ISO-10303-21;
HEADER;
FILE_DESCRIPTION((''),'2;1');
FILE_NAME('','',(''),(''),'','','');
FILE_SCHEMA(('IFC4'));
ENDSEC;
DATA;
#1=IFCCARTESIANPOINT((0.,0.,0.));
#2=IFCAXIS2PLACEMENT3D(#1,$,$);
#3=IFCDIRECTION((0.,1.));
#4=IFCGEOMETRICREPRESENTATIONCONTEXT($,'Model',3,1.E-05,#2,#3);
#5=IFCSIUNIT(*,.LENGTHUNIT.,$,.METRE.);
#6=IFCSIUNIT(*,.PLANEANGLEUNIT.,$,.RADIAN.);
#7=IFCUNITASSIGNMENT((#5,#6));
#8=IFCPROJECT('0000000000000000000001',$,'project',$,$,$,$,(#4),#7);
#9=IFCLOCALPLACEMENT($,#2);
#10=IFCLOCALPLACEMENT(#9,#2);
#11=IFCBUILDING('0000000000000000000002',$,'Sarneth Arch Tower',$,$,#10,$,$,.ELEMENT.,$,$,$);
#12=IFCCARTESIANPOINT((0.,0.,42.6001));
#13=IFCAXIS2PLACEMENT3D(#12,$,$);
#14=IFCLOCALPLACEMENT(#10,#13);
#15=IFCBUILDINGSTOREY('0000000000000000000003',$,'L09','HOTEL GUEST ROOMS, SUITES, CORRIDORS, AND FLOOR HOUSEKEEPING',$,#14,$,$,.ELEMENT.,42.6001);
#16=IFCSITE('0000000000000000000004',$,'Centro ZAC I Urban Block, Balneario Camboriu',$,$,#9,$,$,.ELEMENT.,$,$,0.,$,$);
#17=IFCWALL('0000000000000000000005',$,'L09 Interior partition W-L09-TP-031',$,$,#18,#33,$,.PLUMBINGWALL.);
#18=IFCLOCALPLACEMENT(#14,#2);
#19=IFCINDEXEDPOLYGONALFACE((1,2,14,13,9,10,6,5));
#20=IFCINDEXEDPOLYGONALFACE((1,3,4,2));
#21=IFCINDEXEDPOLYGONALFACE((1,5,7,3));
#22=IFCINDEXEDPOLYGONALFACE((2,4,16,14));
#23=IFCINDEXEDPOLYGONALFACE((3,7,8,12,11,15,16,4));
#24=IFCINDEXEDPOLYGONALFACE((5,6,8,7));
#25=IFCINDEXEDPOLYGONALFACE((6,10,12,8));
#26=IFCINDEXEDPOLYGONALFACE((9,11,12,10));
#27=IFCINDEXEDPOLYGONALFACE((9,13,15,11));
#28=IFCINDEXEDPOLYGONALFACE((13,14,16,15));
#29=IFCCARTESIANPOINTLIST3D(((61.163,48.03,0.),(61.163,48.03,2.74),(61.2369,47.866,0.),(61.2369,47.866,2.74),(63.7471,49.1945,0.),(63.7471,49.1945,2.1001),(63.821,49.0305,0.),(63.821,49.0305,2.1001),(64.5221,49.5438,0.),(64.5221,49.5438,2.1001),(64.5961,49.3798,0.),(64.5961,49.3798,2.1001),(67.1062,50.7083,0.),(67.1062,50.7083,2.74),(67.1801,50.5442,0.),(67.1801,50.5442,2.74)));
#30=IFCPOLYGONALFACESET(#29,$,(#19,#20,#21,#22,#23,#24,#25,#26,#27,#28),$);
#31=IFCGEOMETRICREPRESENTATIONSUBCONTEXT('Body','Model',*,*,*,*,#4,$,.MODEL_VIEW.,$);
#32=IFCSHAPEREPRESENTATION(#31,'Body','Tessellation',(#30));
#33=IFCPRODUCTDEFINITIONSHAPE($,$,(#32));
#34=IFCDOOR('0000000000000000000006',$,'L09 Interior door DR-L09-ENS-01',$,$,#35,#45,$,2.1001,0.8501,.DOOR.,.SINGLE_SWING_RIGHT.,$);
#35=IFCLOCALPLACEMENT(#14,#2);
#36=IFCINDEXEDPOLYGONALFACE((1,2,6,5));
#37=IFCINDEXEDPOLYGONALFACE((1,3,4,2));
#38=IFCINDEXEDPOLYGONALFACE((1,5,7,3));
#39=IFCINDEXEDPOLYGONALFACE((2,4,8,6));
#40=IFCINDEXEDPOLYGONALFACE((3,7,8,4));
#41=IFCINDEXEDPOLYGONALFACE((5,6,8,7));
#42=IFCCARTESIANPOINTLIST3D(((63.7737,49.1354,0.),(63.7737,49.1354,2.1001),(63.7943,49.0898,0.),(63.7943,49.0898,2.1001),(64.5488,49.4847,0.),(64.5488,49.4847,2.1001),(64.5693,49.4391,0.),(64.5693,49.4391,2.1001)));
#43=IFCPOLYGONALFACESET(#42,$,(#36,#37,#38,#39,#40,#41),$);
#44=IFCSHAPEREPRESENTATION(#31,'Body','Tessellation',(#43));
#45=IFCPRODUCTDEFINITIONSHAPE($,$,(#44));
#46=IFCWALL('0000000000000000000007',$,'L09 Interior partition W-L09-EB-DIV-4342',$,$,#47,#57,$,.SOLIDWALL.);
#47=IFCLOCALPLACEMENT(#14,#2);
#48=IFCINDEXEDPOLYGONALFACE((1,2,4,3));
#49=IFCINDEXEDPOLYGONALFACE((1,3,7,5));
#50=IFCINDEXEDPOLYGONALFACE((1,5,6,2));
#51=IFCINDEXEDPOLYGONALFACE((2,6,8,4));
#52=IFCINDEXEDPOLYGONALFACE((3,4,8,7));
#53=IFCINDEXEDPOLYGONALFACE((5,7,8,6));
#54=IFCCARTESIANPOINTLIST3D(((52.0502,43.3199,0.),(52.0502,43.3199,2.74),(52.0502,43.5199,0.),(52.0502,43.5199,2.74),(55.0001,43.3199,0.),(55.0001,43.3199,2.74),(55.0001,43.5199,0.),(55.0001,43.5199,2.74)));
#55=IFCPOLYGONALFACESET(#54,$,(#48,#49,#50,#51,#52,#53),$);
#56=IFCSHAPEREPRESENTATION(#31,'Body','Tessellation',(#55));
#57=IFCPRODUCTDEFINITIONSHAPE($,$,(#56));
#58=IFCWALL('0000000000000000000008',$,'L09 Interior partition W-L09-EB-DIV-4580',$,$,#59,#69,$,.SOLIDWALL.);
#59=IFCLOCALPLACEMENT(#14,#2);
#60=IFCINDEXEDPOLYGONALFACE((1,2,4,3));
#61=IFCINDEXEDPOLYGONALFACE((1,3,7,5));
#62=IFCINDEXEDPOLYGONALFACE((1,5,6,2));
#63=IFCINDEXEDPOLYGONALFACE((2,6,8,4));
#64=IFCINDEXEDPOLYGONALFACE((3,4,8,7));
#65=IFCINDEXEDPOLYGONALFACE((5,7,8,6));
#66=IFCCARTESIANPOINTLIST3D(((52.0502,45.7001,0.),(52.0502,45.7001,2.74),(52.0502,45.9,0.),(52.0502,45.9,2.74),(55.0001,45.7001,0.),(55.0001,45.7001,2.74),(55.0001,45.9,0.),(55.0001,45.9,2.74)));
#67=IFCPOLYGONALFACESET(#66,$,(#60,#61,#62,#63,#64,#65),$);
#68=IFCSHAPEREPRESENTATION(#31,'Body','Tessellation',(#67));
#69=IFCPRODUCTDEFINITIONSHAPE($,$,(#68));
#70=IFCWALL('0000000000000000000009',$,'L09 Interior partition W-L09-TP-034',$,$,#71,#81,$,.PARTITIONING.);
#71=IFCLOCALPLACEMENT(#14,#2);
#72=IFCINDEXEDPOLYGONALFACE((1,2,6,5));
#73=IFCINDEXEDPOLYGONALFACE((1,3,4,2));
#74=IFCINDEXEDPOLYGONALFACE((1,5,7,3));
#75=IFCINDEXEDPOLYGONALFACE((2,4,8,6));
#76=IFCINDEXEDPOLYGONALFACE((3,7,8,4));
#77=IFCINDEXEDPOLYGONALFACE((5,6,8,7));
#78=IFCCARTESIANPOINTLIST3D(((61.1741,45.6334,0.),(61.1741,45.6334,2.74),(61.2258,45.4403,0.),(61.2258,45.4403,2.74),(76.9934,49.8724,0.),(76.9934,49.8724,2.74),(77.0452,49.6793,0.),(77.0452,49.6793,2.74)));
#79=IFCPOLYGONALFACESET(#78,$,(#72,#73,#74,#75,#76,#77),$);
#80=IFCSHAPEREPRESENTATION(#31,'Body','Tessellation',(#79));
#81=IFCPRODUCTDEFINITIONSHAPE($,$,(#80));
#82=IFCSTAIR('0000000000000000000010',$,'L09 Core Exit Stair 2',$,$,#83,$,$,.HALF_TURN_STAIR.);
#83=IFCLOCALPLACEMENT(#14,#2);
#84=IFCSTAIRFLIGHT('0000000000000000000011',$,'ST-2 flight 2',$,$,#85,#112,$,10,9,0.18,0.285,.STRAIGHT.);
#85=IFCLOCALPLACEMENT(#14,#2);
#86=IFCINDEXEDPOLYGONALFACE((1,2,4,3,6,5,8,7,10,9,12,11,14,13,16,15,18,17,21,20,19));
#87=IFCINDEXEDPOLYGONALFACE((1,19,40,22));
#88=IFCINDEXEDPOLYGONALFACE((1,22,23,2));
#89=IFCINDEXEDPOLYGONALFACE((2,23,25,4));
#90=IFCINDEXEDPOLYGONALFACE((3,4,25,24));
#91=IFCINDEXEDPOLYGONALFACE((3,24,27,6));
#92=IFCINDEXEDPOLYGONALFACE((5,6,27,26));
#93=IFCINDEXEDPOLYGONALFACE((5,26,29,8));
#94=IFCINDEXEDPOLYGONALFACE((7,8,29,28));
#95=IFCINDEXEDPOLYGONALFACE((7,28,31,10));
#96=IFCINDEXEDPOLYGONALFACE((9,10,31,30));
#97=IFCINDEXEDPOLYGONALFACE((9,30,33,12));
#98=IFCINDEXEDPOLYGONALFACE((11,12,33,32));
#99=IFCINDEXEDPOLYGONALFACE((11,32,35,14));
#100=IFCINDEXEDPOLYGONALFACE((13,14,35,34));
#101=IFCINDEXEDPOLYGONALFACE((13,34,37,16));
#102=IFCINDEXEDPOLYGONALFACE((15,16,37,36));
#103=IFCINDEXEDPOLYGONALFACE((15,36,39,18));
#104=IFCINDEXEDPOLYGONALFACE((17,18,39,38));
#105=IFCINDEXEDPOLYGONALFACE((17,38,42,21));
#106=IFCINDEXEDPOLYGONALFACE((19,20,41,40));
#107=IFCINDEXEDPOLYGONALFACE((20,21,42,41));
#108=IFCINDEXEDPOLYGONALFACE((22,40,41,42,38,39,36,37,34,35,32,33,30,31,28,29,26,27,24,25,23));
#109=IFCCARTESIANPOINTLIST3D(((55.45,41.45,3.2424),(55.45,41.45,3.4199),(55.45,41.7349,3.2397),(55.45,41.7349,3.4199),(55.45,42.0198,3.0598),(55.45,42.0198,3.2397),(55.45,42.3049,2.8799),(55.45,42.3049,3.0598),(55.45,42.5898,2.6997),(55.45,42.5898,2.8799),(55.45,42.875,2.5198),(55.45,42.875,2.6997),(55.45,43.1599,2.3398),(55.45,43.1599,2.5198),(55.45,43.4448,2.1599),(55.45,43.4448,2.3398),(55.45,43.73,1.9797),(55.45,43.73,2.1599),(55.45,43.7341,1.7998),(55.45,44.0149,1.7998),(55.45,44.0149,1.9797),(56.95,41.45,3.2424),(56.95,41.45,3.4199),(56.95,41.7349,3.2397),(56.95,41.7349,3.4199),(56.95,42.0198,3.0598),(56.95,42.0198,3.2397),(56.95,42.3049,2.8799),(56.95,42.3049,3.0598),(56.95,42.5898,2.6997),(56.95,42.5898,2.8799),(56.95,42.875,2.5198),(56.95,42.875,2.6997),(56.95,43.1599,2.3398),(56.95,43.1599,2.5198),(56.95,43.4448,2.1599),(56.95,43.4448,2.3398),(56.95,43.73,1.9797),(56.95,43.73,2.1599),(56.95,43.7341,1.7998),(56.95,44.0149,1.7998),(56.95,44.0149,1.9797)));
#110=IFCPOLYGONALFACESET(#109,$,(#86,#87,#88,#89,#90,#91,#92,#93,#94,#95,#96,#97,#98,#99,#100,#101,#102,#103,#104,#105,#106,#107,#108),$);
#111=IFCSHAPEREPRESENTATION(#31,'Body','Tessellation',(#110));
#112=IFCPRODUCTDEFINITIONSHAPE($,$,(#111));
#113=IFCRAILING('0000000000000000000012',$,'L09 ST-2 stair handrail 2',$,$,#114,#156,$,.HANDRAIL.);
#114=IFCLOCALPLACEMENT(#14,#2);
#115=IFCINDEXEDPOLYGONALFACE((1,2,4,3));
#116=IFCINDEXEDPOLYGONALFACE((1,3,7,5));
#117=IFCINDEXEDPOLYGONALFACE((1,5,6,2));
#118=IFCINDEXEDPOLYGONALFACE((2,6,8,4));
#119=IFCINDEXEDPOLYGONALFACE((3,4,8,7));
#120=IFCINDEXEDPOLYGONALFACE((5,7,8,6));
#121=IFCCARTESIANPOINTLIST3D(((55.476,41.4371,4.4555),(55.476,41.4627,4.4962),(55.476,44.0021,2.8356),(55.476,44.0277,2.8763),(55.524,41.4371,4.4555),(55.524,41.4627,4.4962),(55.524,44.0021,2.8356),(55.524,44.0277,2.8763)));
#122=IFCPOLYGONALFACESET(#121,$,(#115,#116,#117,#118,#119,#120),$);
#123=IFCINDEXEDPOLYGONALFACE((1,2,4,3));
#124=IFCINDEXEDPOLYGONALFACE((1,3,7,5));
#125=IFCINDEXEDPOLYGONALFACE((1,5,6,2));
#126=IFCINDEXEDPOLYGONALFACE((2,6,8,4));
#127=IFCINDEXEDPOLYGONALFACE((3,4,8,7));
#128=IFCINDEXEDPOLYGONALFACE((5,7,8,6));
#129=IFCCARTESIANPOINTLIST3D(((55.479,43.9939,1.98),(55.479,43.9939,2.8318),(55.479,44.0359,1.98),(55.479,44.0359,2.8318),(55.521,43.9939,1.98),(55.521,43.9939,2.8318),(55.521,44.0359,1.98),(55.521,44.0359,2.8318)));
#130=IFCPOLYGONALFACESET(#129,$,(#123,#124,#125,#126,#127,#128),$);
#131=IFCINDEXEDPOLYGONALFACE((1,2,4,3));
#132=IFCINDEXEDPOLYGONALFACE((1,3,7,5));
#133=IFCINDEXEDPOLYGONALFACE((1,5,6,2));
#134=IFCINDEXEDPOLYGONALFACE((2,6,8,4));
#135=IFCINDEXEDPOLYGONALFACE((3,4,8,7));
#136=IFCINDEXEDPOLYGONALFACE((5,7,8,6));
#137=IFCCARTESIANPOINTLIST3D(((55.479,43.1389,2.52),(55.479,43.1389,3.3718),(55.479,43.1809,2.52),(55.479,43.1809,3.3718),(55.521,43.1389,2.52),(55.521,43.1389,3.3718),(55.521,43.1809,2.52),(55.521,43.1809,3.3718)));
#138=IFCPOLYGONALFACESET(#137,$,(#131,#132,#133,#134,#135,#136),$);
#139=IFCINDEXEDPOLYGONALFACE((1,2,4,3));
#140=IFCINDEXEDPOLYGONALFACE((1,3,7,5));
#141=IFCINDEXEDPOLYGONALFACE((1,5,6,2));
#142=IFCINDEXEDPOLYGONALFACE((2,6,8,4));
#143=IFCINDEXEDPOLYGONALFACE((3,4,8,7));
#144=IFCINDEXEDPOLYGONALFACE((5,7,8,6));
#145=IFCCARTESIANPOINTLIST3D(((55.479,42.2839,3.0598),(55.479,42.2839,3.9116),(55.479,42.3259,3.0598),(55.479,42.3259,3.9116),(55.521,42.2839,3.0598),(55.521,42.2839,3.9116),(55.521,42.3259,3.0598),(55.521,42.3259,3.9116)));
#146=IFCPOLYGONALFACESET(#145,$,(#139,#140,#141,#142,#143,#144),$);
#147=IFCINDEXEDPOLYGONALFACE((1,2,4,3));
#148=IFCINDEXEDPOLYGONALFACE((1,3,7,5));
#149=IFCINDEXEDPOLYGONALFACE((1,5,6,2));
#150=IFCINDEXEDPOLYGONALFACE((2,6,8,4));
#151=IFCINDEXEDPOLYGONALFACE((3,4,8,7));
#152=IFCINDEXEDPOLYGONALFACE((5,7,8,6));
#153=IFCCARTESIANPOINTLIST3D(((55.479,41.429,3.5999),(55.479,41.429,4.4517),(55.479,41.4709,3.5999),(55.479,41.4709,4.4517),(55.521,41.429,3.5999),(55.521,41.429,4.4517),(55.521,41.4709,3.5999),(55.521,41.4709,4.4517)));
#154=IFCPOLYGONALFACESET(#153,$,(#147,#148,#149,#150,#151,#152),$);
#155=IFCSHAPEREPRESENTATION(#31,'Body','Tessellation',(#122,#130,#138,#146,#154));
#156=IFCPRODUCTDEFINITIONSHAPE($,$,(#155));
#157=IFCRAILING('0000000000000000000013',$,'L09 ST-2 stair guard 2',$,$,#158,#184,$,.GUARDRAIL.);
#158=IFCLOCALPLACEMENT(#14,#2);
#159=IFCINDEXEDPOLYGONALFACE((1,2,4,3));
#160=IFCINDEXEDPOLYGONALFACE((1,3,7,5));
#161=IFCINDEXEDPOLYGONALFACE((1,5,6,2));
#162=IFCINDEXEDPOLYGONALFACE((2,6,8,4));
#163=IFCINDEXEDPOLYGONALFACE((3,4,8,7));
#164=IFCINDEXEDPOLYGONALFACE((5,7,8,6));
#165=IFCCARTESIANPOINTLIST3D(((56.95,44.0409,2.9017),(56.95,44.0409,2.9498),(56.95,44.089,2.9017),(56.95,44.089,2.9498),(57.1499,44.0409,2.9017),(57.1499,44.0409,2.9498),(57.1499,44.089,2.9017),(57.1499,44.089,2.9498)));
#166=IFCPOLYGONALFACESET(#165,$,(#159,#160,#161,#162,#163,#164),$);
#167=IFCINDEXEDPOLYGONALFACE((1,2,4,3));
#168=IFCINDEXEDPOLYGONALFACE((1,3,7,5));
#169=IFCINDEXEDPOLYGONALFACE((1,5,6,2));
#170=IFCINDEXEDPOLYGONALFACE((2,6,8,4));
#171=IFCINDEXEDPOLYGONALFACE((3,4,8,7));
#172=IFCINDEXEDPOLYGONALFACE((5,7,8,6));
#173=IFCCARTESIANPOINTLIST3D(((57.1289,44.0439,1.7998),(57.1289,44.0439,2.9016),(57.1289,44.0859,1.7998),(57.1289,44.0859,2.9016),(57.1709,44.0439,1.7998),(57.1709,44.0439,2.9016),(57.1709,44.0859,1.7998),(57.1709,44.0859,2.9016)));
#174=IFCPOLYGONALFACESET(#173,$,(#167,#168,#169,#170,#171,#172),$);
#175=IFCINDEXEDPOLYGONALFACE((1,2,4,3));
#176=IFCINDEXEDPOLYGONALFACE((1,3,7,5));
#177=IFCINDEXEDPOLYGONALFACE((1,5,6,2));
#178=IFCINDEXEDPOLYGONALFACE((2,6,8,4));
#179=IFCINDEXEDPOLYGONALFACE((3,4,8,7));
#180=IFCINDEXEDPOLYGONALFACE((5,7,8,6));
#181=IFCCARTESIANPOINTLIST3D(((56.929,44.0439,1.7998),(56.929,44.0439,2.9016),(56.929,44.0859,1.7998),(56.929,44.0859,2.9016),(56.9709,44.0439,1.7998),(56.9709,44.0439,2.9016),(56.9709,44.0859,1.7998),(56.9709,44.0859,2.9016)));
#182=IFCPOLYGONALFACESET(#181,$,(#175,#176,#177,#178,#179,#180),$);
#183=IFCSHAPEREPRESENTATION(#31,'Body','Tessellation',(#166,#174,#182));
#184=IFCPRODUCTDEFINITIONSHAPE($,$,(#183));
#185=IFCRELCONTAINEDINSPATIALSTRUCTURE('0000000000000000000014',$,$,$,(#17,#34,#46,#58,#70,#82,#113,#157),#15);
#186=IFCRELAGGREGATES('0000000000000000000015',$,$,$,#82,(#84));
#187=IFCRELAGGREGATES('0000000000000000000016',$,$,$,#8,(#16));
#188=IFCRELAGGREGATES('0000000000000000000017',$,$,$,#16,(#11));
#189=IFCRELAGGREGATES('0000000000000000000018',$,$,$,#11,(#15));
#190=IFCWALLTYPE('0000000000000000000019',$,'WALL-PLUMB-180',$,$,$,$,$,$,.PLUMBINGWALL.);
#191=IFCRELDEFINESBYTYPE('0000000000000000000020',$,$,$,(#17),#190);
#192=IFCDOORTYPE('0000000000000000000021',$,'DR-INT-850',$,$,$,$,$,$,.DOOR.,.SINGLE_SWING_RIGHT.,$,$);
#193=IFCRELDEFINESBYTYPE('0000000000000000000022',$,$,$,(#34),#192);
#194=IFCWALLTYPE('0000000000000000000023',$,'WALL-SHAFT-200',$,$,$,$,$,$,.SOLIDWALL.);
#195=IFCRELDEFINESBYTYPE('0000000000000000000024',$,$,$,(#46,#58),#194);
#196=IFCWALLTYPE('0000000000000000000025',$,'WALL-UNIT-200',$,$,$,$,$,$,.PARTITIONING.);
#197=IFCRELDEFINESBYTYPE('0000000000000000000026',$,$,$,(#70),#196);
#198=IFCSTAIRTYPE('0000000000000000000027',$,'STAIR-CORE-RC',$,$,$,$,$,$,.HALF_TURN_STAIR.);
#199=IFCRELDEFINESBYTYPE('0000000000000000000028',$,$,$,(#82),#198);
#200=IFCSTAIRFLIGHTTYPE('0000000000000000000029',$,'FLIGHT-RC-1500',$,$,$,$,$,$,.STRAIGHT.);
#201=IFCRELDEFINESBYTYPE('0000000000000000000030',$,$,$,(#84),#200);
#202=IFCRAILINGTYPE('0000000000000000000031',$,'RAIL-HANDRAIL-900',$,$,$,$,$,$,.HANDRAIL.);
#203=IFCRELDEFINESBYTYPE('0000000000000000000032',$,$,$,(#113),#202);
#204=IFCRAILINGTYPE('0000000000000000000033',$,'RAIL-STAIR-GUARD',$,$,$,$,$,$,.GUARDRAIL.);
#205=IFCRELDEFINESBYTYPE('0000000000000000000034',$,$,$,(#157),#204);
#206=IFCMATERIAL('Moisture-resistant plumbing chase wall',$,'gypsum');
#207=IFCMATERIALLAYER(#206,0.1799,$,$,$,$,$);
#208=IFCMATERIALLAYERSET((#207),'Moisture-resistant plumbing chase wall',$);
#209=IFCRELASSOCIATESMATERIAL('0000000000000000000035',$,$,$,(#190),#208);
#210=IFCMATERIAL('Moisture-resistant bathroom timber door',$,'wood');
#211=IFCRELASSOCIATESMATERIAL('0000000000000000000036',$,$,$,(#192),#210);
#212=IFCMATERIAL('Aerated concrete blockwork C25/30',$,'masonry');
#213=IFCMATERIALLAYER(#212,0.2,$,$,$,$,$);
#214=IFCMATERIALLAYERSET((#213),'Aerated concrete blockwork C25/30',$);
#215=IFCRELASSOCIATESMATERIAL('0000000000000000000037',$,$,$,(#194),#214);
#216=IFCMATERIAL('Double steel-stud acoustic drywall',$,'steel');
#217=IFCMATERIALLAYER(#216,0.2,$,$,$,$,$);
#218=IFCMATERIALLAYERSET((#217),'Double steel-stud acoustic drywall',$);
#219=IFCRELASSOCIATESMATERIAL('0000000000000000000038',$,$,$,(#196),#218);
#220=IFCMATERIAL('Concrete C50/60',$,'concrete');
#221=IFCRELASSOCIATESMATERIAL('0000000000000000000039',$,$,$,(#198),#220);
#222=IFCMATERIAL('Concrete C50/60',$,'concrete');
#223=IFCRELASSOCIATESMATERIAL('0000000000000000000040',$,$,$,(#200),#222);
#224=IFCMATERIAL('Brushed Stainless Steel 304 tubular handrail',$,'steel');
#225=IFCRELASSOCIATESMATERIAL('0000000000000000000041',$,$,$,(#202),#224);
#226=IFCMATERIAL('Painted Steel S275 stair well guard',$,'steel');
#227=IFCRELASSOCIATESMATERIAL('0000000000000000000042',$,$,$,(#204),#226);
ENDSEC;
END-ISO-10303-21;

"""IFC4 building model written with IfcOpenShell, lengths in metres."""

from ifc_helpers import new_model, si_unit, direction, frame, frame_2d, origin, origin_2d, place, context, subcontext, project, spatial, polyline, rectangle, outline, extrude, material, layer, layer_set, type_object, element, fill, aggregate, save


model = new_model("IFC4")

# Units and contexts
model_context = context("Model", 3, precision=1e-05, world=origin(), true_north=direction((0.0, 1.0)))
body_context = subcontext(model_context, "Body", "Model", "MODEL_VIEW")
ifc_project = project(units=[si_unit("LENGTHUNIT", "METRE"), si_unit("PLANEANGLEUNIT", "RADIAN")], contexts=[model_context])

# Site, building, storey
site_placement = place(None, origin())
site = spatial("IfcSite", under=ifc_project, at=site_placement, Name="Centro ZAC I Urban Block, Balneario Camboriu", CompositionType="ELEMENT", RefElevation=0.0)
building_placement = place(site_placement, origin())
building = spatial("IfcBuilding", under=site, at=building_placement, Name="Sarneth Arch Tower", CompositionType="ELEMENT")
storey_placement = place(building_placement, frame((0.0, 0.0, 42.6001)))
storey = spatial("IfcBuildingStorey", under=building, at=storey_placement, Name="L09", Description="HOTEL GUEST ROOMS, SUITES, CORRIDORS, AND FLOOR HOUSEKEEPING", CompositionType="ELEMENT", Elevation=42.6001)

# Wall, opening, door
ifc_material_1 = material(Name="Moisture-resistant plumbing chase wall", Category="gypsum")
ifc_layer_1 = layer(ifc_material_1, 0.1799)
ifc_layer_set_1 = layer_set([ifc_layer_1], Name="Moisture-resistant plumbing chase wall")
wall_type_1 = type_object("IfcWallType", Name="WALL-PLUMB-180", PredefinedType="PLUMBINGWALL", material=ifc_layer_set_1)
wall_1_placement = place(storey_placement, frame((67.1431, 50.6262, 0.0), z_axis=(0.0, 0.0, 1.0), x_axis=(-0.911702, -0.410852, 0.0)))
wall_1 = element("IfcWall", 1, at=wall_1_placement, inside=storey, type_object=wall_type_1, Name="L09 Interior partition W-L09-TP-031", PredefinedType="PLUMBINGWALL", context=body_context, shape_type="SweptSolid", body=[
    extrude(rectangle(XDim=6.5188, YDim=0.1799, at=frame_2d((3.2593, 0.0))), origin(), (0.0, 0.0, 1.0), 2.74),
])
opening_1_placement = place(wall_1_placement, frame((2.8342, 0.0, 0.0)))
opening_1 = element("IfcOpeningElement", 2, at=opening_1_placement, cuts=wall_1, PredefinedType="OPENING", context=body_context, shape_type="SweptSolid", body=[
    extrude(rectangle(XDim=0.8501, YDim=2.1001, at=frame_2d((0.425, 1.05))), frame((0.0, 0.0999, 0.0), z_axis=(0.0, -1.0, 0.0), x_axis=(1.0, 0.0, 0.0)), (0.0, 0.0, 1.0), 0.2),
])
ifc_material_2 = material(Name="Moisture-resistant bathroom timber door", Category="wood")
door_type_1 = type_object("IfcDoorType", Name="DR-INT-850", OperationType="SINGLE_SWING_RIGHT", PredefinedType="DOOR", material=ifc_material_2)
door_1_placement = place(opening_1_placement, origin())
door_1 = element("IfcDoor", 3, at=door_1_placement, inside=storey, type_object=door_type_1, Name="L09 Interior door DR-L09-ENS-01", OperationType="SINGLE_SWING_RIGHT", OverallHeight=2.1001, OverallWidth=0.8501, PredefinedType="DOOR", context=body_context, shape_type="SweptSolid", body=[
    extrude(rectangle(XDim=0.8501, YDim=2.1001, at=frame_2d((0.425, 1.05))), frame((0.0, 0.0249, 0.0), z_axis=(0.0, -1.0, 0.0), x_axis=(1.0, 0.0, 0.0)), (0.0, 0.0, 1.0), 0.05),
])
fill(opening_1, door_1)

# Walls
ifc_material_3 = material(Name="Aerated concrete blockwork C25/30", Category="masonry")
ifc_layer_2 = layer(ifc_material_3, 0.2)
ifc_layer_set_2 = layer_set([ifc_layer_2], Name="Aerated concrete blockwork C25/30")
wall_type_2 = type_object("IfcWallType", Name="WALL-SHAFT-200", PredefinedType="SOLIDWALL", material=ifc_layer_set_2)
for number, where, z_axis, x_axis, name in (
    (4, (52.05, 43.4199, 0.0), (0.0, 0.0, 1.0), (1.0, 0.0, 0.0), "L09 Interior partition W-L09-EB-DIV-4342"),
    (5, (52.05, 45.8, 0.0), (0.0, 0.0, 1.0), (1.0, 0.0, 0.0), "L09 Interior partition W-L09-EB-DIV-4580"),
):
    element("IfcWall", number, at=place(storey_placement, frame(where, z_axis=z_axis, x_axis=x_axis)), inside=storey, type_object=wall_type_2, Name=name, PredefinedType="SOLIDWALL", context=body_context, shape_type="SweptSolid", body=[
        extrude(rectangle(XDim=2.95, YDim=0.2, at=frame_2d((1.4751, 0.0))), origin(), (0.0, 0.0, 1.0), 2.74),
    ])
ifc_material_4 = material(Name="Double steel-stud acoustic drywall", Category="steel")
ifc_layer_3 = layer(ifc_material_4, 0.2)
ifc_layer_set_3 = layer_set([ifc_layer_3], Name="Double steel-stud acoustic drywall")
wall_type_3 = type_object("IfcWallType", Name="WALL-UNIT-200", PredefinedType="PARTITIONING", material=ifc_layer_set_3)
wall_2_placement = place(storey_placement, frame((61.2, 45.5369, 0.0), z_axis=(0.0, 0.0, 1.0), x_axis=(0.965922, 0.258832, 0.0)))
element("IfcWall", 6, at=wall_2_placement, inside=storey, type_object=wall_type_3, Name="L09 Interior partition W-L09-TP-034", PredefinedType="PARTITIONING", context=body_context, shape_type="SweptSolid", body=[
    extrude(rectangle(XDim=16.3774, YDim=0.2, at=frame_2d((8.1887, 0.0))), origin(), (0.0, 0.0, 1.0), 2.74),
])

# Stair, stair flight
ifc_material_5 = material(Name="Concrete C50/60", Category="concrete")
stair_type = type_object("IfcStairType", Name="STAIR-CORE-RC", PredefinedType="HALF_TURN_STAIR", material=ifc_material_5)
stair_placement = place(storey_placement, origin())
stair = element("IfcStair", 7, at=stair_placement, inside=storey, type_object=stair_type, Name="L09 Core Exit Stair 2", PredefinedType="HALF_TURN_STAIR")
ifc_material_6 = material(Name="Concrete C50/60", Category="concrete")
stair_flight_type = type_object("IfcStairFlightType", Name="FLIGHT-RC-1500", PredefinedType="STRAIGHT", material=ifc_material_6)
stair_flight_placement = place(storey_placement, frame((56.2, 44.0149, 1.7998), z_axis=(0.0, 0.0, 1.0), x_axis=(0.0, -1.0, 0.0)))
stair_flight = element("IfcStairFlight", 8, at=stair_flight_placement, type_object=stair_flight_type, Name="ST-2 flight 2", NumberOfRisers=10, NumberOfTreads=9, PredefinedType="STRAIGHT", RiserHeight=0.18, TreadLength=0.285, context=body_context, shape_type="SweptSolid", body=[
    extrude(outline(polyline([(0.0, 0.0), (0.0, 0.1799), (0.2849, 0.1799), (0.2849, 0.3601), (0.5701, 0.3601), (0.5701, 0.54), (0.855, 0.54), (0.855, 0.72), (1.1399, 0.72), (1.1399, 0.8999), (1.425, 0.8999), (1.425, 1.0801), (1.71, 1.0801), (1.71, 1.26), (1.9951, 1.26), (1.9951, 1.4399), (2.28, 1.4399), (2.28, 1.6201), (2.5649, 1.6201), (2.5649, 1.8), (2.5649, 1.4426), (0.2808, 0.0), (0.0, 0.0)])), frame((0.0, 0.75, 0.0), z_axis=(0.0, -1.0, 0.0), x_axis=(1.0, 0.0, 0.0)), (0.0, 0.0, 1.0), 1.5),
])
aggregate(stair, [stair_flight])

# Railings
ifc_material_7 = material(Name="Brushed Stainless Steel 304 tubular handrail", Category="steel")
railing_type_1 = type_object("IfcRailingType", Name="RAIL-HANDRAIL-900", PredefinedType="HANDRAIL", material=ifc_material_7)
railing_1_placement = place(storey_placement, frame((55.5, 44.0149, 1.98)))
element("IfcRailing", 9, at=railing_1_placement, inside=storey, type_object=railing_type_1, Name="L09 ST-2 stair handrail 2", PredefinedType="HANDRAIL", context=body_context, shape_type="SweptSolid", body=[
    extrude(rectangle(XDim=0.0481, YDim=0.0481, at=origin_2d()), frame((0.0, 0.0, 0.876), z_axis=(0.0, -0.845502, 0.533972), x_axis=(1.0, 0.0, 0.0)), (0.0, 0.0, 1.0), 3.0337),
    extrude(rectangle(XDim=0.042, YDim=0.042, at=origin_2d()), origin(), (0.0, 0.0, 1.0), 0.8518),
    extrude(rectangle(XDim=0.042, YDim=0.042, at=origin_2d()), frame((0.0, -0.855, 0.54)), (0.0, 0.0, 1.0), 0.8518),
    extrude(rectangle(XDim=0.042, YDim=0.042, at=origin_2d()), frame((0.0, -1.71, 1.0798)), (0.0, 0.0, 1.0), 0.8518),
    extrude(rectangle(XDim=0.042, YDim=0.042, at=origin_2d()), frame((0.0, -2.5649, 1.6199)), (0.0, 0.0, 1.0), 0.8518),
])
ifc_material_8 = material(Name="Painted Steel S275 stair well guard", Category="steel")
railing_type_2 = type_object("IfcRailingType", Name="RAIL-STAIR-GUARD", PredefinedType="GUARDRAIL", material=ifc_material_8)
railing_2_placement = place(storey_placement, frame((57.1499, 44.0649, 1.7998)))
element("IfcRailing", 10, at=railing_2_placement, inside=storey, type_object=railing_type_2, Name="L09 ST-2 stair guard 2", PredefinedType="GUARDRAIL", context=body_context, shape_type="SweptSolid", body=[
    extrude(rectangle(XDim=0.0481, YDim=0.0481, at=origin_2d()), frame((0.0, 0.0, 1.126), z_axis=(-1.0, 0.0, 0.0), x_axis=(0.0, -1.0, 0.0)), (0.0, 0.0, 1.0), 0.2),
    extrude(rectangle(XDim=0.042, YDim=0.042, at=origin_2d()), origin(), (0.0, 0.0, 1.0), 1.1018),
    extrude(rectangle(XDim=0.042, YDim=0.042, at=origin_2d()), frame((-0.2, 0.0, 0.0)), (0.0, 0.0, 1.0), 1.1018),
])

save(model, "model.ifc")
